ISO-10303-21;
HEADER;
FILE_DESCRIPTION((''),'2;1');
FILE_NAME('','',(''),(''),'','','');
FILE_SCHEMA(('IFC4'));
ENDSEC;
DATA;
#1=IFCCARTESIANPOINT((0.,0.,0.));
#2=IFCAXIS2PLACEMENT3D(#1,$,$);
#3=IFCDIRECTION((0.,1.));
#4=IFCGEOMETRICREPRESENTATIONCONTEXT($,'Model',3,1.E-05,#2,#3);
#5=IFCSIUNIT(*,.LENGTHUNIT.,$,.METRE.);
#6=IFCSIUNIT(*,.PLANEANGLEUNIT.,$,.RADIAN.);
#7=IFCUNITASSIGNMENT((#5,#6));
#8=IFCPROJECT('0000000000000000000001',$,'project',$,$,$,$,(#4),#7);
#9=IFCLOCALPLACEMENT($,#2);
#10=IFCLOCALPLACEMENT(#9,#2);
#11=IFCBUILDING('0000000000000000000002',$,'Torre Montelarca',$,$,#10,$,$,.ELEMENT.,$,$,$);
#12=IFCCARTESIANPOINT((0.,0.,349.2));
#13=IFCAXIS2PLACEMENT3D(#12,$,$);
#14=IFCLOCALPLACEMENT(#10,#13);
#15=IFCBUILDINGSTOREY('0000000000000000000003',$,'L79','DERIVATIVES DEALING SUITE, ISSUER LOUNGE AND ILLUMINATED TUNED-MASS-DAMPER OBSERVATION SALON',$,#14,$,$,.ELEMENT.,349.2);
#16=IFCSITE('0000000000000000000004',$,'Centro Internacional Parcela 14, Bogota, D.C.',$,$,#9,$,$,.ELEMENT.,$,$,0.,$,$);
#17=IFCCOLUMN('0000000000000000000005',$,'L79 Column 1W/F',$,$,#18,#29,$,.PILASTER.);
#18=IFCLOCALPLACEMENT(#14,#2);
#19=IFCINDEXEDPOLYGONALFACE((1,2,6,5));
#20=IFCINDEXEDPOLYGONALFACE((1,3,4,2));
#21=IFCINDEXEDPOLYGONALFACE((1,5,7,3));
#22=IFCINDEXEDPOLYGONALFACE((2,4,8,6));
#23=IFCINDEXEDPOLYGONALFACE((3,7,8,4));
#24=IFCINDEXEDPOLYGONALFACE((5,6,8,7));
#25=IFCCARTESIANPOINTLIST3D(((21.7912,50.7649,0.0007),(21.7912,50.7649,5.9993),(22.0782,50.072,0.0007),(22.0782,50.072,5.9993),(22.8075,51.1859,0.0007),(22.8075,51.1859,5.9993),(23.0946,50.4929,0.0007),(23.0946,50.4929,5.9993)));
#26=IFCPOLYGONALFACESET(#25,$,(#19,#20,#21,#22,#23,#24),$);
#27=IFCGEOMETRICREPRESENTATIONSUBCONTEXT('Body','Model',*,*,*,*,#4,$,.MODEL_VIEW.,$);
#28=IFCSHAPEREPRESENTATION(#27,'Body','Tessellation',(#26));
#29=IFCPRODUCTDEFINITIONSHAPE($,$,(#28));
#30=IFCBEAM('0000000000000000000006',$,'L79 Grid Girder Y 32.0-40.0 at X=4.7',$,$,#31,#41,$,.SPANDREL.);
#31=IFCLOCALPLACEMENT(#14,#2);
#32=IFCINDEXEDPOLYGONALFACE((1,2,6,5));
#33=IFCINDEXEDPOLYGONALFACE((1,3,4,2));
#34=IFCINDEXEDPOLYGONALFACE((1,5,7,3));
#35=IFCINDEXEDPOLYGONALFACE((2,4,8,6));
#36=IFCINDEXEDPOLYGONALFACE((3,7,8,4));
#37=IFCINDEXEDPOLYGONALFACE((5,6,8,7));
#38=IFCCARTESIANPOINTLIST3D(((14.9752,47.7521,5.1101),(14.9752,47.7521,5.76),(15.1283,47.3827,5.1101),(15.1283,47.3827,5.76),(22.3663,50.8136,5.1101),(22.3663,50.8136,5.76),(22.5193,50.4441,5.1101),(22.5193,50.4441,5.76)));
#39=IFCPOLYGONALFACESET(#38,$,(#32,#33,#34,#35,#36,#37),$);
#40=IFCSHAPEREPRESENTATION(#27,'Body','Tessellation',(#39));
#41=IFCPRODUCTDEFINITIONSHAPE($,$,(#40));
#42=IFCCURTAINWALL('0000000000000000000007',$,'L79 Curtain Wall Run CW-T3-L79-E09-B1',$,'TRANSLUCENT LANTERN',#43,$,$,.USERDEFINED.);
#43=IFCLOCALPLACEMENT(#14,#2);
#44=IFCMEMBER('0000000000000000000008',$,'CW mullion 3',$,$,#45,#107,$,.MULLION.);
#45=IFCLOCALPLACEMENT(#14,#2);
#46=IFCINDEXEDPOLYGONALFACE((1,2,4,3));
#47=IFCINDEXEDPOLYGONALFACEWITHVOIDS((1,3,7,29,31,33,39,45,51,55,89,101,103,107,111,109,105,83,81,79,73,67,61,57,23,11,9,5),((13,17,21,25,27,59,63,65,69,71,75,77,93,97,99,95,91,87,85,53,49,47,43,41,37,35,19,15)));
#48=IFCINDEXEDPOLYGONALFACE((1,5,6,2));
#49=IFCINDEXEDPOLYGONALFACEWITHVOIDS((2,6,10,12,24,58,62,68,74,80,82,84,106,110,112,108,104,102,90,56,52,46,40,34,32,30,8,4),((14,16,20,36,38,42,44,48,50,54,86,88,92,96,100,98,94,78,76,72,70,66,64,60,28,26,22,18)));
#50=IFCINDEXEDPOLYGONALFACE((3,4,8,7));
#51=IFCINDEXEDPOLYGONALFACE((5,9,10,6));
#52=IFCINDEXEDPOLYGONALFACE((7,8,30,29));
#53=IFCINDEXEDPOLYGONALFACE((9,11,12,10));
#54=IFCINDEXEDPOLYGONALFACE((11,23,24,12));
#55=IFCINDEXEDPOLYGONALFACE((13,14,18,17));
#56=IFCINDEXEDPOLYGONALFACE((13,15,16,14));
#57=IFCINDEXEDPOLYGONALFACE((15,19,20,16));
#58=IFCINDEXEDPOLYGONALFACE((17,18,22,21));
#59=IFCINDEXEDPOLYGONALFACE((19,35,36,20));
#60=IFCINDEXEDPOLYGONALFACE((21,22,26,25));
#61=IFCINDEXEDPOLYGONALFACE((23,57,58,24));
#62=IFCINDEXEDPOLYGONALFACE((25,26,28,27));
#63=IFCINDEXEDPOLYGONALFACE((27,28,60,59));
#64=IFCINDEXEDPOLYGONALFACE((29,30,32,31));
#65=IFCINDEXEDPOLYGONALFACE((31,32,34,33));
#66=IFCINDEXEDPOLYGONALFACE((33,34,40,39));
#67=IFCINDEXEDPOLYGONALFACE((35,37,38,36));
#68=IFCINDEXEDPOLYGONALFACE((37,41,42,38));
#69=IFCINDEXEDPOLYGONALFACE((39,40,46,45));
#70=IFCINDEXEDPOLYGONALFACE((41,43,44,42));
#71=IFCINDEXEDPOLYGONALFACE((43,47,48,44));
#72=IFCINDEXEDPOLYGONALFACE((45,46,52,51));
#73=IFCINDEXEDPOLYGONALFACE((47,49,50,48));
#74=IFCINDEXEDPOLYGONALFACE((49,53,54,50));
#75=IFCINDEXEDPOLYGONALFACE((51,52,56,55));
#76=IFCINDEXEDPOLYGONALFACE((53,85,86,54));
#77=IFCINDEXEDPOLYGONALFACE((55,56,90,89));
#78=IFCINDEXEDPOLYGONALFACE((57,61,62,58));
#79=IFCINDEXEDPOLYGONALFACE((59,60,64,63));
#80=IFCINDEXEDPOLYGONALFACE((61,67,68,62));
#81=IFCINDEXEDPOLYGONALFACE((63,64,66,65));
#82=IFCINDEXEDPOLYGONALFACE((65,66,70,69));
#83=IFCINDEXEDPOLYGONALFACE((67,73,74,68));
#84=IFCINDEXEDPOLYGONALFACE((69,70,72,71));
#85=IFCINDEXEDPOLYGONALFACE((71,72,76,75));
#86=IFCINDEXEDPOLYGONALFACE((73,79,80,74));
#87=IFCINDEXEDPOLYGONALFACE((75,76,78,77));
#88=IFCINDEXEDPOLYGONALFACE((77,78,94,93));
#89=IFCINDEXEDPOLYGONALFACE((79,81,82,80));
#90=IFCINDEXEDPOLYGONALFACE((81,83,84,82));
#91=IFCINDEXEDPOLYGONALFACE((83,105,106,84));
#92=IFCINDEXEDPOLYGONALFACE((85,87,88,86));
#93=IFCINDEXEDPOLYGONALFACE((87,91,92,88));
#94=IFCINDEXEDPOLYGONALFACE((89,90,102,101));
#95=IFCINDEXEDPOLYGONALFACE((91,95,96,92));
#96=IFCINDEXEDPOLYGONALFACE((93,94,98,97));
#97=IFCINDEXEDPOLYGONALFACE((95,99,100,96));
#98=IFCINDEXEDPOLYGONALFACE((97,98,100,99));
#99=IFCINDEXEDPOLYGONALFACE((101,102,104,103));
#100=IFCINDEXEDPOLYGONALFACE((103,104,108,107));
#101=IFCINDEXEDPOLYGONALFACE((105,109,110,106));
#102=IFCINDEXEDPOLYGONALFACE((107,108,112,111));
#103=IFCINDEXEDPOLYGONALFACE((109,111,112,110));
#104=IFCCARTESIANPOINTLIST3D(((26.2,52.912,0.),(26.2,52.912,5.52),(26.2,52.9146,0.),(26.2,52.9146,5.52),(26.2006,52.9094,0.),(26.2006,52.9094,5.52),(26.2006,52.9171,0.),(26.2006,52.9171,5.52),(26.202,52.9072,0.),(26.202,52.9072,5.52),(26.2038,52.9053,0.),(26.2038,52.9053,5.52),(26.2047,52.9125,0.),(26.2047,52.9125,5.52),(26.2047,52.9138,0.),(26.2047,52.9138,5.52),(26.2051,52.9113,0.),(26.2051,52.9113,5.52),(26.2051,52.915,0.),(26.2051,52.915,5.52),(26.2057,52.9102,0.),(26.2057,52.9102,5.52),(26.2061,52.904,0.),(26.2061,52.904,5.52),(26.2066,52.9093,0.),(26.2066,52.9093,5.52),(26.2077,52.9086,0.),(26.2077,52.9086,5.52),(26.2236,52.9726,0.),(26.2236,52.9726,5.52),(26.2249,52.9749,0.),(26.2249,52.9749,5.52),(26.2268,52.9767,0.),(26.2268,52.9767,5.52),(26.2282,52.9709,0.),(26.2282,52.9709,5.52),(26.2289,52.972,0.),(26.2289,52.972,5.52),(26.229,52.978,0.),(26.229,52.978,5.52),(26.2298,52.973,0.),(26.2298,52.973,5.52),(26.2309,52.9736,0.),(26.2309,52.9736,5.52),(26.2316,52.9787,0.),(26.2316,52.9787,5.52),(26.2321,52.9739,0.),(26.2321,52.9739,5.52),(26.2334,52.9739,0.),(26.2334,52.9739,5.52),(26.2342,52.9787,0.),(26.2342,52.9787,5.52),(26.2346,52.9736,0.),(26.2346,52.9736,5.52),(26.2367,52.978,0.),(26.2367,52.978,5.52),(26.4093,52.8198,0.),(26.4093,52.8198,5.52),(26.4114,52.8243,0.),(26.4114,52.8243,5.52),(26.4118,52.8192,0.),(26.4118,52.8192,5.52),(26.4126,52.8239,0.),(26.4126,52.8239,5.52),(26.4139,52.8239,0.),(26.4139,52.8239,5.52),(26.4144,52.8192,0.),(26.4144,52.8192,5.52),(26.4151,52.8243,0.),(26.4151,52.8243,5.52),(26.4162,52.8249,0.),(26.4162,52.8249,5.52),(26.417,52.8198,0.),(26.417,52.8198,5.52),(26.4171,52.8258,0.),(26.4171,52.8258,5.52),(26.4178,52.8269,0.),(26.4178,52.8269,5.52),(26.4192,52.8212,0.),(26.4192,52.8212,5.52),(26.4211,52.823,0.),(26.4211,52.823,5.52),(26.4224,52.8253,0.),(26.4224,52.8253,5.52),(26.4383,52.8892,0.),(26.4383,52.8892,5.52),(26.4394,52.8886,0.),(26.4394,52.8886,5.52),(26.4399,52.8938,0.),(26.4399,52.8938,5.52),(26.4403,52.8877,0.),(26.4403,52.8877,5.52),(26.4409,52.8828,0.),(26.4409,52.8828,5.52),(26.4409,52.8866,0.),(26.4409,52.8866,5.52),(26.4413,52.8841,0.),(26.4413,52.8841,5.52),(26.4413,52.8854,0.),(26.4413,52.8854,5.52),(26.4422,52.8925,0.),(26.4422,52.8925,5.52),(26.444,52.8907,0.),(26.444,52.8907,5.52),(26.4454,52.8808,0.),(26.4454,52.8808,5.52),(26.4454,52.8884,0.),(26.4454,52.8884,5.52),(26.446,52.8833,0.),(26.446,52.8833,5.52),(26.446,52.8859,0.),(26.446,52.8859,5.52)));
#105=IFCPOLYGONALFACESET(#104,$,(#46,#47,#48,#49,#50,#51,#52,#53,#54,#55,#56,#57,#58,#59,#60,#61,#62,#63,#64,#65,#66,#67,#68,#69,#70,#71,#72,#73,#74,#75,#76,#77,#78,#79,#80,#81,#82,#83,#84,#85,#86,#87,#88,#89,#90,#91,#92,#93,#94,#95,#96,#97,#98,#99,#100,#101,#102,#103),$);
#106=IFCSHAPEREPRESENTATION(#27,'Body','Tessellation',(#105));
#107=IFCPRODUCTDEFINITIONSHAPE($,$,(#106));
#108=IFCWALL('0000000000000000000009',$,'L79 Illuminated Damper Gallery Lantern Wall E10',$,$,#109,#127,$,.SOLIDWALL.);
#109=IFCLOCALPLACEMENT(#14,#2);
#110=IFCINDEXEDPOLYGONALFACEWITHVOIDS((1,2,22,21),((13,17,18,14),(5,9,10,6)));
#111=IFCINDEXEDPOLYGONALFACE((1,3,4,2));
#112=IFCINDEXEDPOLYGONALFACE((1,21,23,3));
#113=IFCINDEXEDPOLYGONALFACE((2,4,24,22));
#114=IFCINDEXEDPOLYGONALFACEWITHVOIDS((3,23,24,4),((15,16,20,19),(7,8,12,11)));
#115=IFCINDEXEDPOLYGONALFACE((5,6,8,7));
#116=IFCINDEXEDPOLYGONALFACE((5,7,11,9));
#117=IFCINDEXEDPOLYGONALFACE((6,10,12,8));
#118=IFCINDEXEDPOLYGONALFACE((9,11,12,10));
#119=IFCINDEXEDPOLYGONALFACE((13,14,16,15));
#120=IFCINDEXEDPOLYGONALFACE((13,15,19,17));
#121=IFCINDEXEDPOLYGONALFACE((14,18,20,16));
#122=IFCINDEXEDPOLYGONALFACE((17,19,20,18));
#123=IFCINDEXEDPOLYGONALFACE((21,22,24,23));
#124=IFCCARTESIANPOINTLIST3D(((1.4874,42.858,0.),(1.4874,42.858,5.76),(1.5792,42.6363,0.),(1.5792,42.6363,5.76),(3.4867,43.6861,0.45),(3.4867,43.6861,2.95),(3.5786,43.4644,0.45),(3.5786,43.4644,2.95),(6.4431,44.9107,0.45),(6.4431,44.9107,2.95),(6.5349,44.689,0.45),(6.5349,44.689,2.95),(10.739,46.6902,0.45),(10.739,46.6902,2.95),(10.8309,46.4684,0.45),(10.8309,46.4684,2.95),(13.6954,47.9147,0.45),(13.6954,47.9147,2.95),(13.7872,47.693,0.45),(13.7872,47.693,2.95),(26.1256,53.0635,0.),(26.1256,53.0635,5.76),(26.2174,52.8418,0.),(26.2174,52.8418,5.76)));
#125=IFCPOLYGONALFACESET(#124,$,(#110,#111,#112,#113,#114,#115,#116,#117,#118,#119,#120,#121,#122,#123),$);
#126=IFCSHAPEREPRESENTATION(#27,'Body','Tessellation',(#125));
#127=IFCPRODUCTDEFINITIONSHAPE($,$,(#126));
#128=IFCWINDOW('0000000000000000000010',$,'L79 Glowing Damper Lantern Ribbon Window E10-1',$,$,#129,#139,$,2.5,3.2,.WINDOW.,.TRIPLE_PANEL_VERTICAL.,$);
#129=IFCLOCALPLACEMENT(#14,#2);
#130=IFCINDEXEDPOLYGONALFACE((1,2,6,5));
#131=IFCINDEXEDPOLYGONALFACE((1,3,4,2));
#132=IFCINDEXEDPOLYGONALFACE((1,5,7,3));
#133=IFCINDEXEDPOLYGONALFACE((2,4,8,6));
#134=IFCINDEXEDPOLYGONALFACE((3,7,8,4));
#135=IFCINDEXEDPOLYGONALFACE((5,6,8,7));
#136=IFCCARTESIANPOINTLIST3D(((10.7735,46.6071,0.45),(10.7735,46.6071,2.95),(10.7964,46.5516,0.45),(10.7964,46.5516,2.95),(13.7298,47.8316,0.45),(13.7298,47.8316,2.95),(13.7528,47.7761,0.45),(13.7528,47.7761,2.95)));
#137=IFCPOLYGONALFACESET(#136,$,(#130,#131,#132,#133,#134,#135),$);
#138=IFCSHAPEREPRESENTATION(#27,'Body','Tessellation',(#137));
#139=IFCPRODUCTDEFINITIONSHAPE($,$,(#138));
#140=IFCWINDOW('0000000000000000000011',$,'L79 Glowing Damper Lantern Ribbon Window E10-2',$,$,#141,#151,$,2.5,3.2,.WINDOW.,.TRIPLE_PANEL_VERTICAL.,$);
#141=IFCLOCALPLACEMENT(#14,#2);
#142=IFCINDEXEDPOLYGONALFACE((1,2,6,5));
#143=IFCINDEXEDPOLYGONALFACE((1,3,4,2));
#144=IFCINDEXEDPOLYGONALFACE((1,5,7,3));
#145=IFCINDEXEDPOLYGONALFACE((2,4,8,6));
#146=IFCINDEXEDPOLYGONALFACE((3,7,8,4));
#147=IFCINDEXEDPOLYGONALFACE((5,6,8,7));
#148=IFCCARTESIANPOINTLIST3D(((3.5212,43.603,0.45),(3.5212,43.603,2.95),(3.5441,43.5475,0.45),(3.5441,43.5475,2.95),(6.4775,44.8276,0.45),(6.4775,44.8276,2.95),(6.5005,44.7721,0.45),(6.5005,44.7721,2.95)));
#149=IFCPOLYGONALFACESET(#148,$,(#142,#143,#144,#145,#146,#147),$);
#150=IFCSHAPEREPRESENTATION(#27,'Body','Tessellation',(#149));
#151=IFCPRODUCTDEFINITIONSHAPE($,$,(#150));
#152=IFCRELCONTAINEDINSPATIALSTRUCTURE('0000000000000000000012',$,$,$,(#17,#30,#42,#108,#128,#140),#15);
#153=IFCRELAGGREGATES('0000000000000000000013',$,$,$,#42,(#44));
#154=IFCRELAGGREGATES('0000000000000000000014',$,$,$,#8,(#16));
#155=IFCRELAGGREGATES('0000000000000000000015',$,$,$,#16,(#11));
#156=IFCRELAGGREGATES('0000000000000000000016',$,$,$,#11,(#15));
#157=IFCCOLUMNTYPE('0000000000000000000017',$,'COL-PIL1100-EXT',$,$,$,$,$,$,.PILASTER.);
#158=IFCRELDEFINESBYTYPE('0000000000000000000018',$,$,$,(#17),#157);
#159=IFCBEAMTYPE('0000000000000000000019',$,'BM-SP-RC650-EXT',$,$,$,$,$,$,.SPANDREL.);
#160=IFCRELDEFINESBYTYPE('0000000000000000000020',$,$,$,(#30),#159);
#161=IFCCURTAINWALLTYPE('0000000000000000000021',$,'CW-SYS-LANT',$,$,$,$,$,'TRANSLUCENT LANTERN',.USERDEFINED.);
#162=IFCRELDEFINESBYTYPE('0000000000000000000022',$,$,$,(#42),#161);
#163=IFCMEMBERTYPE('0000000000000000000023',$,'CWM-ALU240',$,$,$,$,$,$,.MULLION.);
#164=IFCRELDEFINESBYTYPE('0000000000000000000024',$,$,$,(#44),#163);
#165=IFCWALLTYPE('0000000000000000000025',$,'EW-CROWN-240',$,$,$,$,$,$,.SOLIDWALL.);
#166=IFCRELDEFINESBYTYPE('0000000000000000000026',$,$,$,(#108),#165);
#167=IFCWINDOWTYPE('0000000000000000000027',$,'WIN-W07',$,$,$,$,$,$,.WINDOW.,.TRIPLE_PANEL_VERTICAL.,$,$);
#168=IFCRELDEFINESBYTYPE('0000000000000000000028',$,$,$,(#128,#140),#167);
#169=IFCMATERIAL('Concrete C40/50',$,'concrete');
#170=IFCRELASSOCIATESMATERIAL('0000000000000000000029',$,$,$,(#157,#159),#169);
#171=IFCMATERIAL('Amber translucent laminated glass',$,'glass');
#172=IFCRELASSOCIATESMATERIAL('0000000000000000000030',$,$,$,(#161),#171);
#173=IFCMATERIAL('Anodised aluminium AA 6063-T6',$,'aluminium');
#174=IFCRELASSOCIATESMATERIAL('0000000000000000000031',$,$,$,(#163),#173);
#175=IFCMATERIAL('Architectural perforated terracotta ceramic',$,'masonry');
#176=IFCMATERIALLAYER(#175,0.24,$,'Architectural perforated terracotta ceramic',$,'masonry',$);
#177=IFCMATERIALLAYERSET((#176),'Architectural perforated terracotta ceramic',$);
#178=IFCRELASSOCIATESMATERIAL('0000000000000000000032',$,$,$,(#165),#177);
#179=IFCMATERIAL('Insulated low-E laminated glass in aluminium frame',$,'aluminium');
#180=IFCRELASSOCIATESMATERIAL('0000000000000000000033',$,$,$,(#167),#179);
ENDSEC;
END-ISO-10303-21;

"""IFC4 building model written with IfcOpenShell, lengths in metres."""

from ifc_helpers import new_model, si_unit, direction, frame, frame_2d, origin, origin_2d, place, context, subcontext, project, spatial, rectangle, hollow_rectangle, extrude, source, transform, mapped, material, layer, layer_set, material_profile, profile_set, type_object, element, fill, aggregate, save


model = new_model("IFC4")

# Units and contexts
model_context = context("Model", 3, precision=1e-05, world=origin(), true_north=direction((0.0, 1.0)))
body_context = subcontext(model_context, "Body", "Model", "MODEL_VIEW")
ifc_project = project(units=[si_unit("LENGTHUNIT", "METRE"), si_unit("PLANEANGLEUNIT", "RADIAN")], contexts=[model_context])

# Site, building, storey
site_placement = place(None, origin())
site = spatial("IfcSite", under=ifc_project, at=site_placement, Name="Centro Internacional Parcela 14, Bogota, D.C.", CompositionType="ELEMENT", RefElevation=0.0)
building_placement = place(site_placement, origin())
building = spatial("IfcBuilding", under=site, at=building_placement, Name="Torre Montelarca", CompositionType="ELEMENT")
storey_placement = place(building_placement, frame((0.0, 0.0, 349.2)))
storey = spatial("IfcBuildingStorey", under=building, at=storey_placement, Name="L79", Description="DERIVATIVES DEALING SUITE, ISSUER LOUNGE AND ILLUMINATED TUNED-MASS-DAMPER OBSERVATION SALON", CompositionType="ELEMENT", Elevation=349.2)

# Column
ifc_material_1 = material(Name="Concrete C40/50", Category="concrete")
ifc_material_profile_1 = material_profile(ifc_material_1, rectangle(XDim=0.75, YDim=1.1001, at=origin_2d()), Name="RC1100X750", Category="concrete")
ifc_profile_set_1 = profile_set([ifc_material_profile_1], Name="Concrete C40/50")
column_type = type_object("IfcColumnType", Name="COL-PIL1100-EXT", PredefinedType="PILASTER", material=ifc_profile_set_1)
shared_shape_1 = source(origin(), body_context, "Body", "SweptSolid", [
    extrude(rectangle(XDim=0.75, YDim=1.1001, at=origin_2d()), origin(), (0.0, 0.0, 1.0), 5.9985),
])
column_placement = place(storey_placement, frame((22.4429, 50.6289, 0.0007), z_axis=(0.0, 0.0, 1.0), x_axis=(-0.382683, 0.92388, 0.0)))
element("IfcColumn", 1, at=column_placement, inside=storey, type_object=column_type, Name="L79 Column 1W/F", PredefinedType="PILASTER", context=body_context, shape_type="MappedRepresentation", body=[
    mapped(shared_shape_1, transform((0.0, 0.0, 0.0), scale=1.0)),
])

# Beam
ifc_material_profile_2 = material_profile(ifc_material_1, rectangle(XDim=0.3999, YDim=0.6499, at=origin_2d()), Name="RCB400X650", Category="concrete")
ifc_profile_set_2 = profile_set([ifc_material_profile_2], Name="Concrete C40/50")
beam_type = type_object("IfcBeamType", Name="BM-SP-RC650-EXT", PredefinedType="SPANDREL", material=ifc_profile_set_2)
shared_shape_2 = source(origin(), body_context, "Body", "SweptSolid", [
    extrude(rectangle(XDim=0.3999, YDim=0.6499, at=origin_2d()), origin(), (0.0, 0.0, 1.0), 8.0),
])
beam_placement = place(storey_placement, frame((15.0518, 47.5674, 5.4351), z_axis=(0.923878, 0.382686, 0.0), x_axis=(-0.382686, 0.923878, 0.0)))
element("IfcBeam", 2, at=beam_placement, inside=storey, type_object=beam_type, Name="L79 Grid Girder Y 32.0-40.0 at X=4.7", PredefinedType="SPANDREL", context=body_context, shape_type="MappedRepresentation", body=[
    mapped(shared_shape_2, transform((0.0, 0.0, 0.0), scale=1.0)),
])

# Curtain wall, member
ifc_material_2 = material(Name="Amber translucent laminated glass", Category="glass")
curtain_wall_type = type_object("IfcCurtainWallType", Name="CW-SYS-LANT", ElementType="TRANSLUCENT LANTERN", PredefinedType="USERDEFINED", material=ifc_material_2)
curtain_wall_placement = place(storey_placement, origin())
curtain_wall = element("IfcCurtainWall", 3, at=curtain_wall_placement, inside=storey, type_object=curtain_wall_type, Name="L79 Curtain Wall Run CW-T3-L79-E09-B1", ObjectType="TRANSLUCENT LANTERN", PredefinedType="USERDEFINED")
ifc_material_3 = material(Name="Anodised aluminium AA 6063-T6", Category="aluminium")
ifc_material_profile_3 = material_profile(ifc_material_3, hollow_rectangle(XDim=0.0801, YDim=0.24, WallThickness=0.0049, InnerFilletRadius=0.0049, OuterFilletRadius=0.01, at=origin_2d()), Name="ALU80X240X5", Category="aluminium")
ifc_profile_set_3 = profile_set([ifc_material_profile_3], Name="Anodised aluminium AA 6063-T6")
member_type = type_object("IfcMemberType", Name="CWM-ALU240", PredefinedType="MULLION", material=ifc_profile_set_3)
shared_shape_3 = source(origin(), body_context, "Body", "SweptSolid", [
    extrude(hollow_rectangle(XDim=0.0801, YDim=0.24, WallThickness=0.0049, InnerFilletRadius=0.0049, OuterFilletRadius=0.01, at=origin_2d()), origin(), (0.0, 0.0, 1.0), 5.52),
])
member_placement = place(storey_placement, frame((26.323, 52.8989, 0.0), z_axis=(0.0, 0.0, 1.0), x_axis=(-0.382671, -0.923885, 0.0)))
member = element("IfcMember", 4, at=member_placement, type_object=member_type, Name="CW mullion 3", PredefinedType="MULLION", context=body_context, shape_type="MappedRepresentation", body=[
    mapped(shared_shape_3, transform((0.0, 0.0, 0.0), scale=1.0)),
])
aggregate(curtain_wall, [member])

# Wall, openings, windows
ifc_material_4 = material(Name="Architectural perforated terracotta ceramic", Category="masonry")
ifc_layer_1 = layer(ifc_material_4, 0.24, Name="Architectural perforated terracotta ceramic", Category="masonry")
ifc_layer_set_1 = layer_set([ifc_layer_1], Name="Architectural perforated terracotta ceramic")
wall_type_1 = type_object("IfcWallType", Name="EW-CROWN-240", PredefinedType="SOLIDWALL", material=ifc_layer_set_1)
wall_1_placement = place(storey_placement, frame((26.1714, 52.9526, 0.0), z_axis=(0.0, 0.0, 1.0), x_axis=(-0.923878, -0.382687, 0.0)))
wall_1 = element("IfcWall", 5, at=wall_1_placement, inside=storey, type_object=wall_type_1, Name="L79 Illuminated Damper Gallery Lantern Wall E10", PredefinedType="SOLIDWALL", context=body_context, shape_type="SweptSolid", body=[
    extrude(rectangle(XDim=26.6682, YDim=0.24, at=frame_2d((13.334, 0.0))), origin(), (0.0, 0.0, 1.0), 5.76),
])
opening_1_placement = place(wall_1_placement, frame((13.4541, 0.0, 0.45)))
opening_1 = element("IfcOpeningElement", 6, at=opening_1_placement, cuts=wall_1, PredefinedType="OPENING", context=body_context, shape_type="SweptSolid", body=[
    extrude(rectangle(XDim=3.2, YDim=2.5, at=frame_2d((1.6001, 1.25))), frame((0.0, 0.1299, 0.0), z_axis=(0.0, -1.0, 0.0), x_axis=(1.0, 0.0, 0.0)), (0.0, 0.0, 1.0), 0.26),
])
opening_2_placement = place(wall_1_placement, frame((21.304, 0.0, 0.45)))
opening_2 = element("IfcOpeningElement", 7, at=opening_2_placement, cuts=wall_1, PredefinedType="OPENING", context=body_context, shape_type="SweptSolid", body=[
    extrude(rectangle(XDim=3.2, YDim=2.5, at=frame_2d((1.6001, 1.25))), frame((0.0, 0.1299, 0.0), z_axis=(0.0, -1.0, 0.0), x_axis=(1.0, 0.0, 0.0)), (0.0, 0.0, 1.0), 0.26),
])
ifc_material_5 = material(Name="Insulated low-E laminated glass in aluminium frame", Category="aluminium")
window_type = type_object("IfcWindowType", Name="WIN-W07", PartitioningType="TRIPLE_PANEL_VERTICAL", PredefinedType="WINDOW", material=ifc_material_5)
shared_shape_4 = source(origin(), body_context, "Body", "SweptSolid", [
    extrude(rectangle(XDim=3.2, YDim=2.5, at=frame_2d((1.6001, 1.25))), frame((0.0, 0.03, 0.0), z_axis=(0.0, -1.0, 0.0), x_axis=(1.0, 0.0, 0.0)), (0.0, 0.0, 1.0), 0.0601),
])
window_1_placement = place(opening_1_placement, origin())
window_1 = element("IfcWindow", 8, at=window_1_placement, inside=storey, type_object=window_type, Name="L79 Glowing Damper Lantern Ribbon Window E10-1", OverallHeight=2.5, OverallWidth=3.2, PartitioningType="TRIPLE_PANEL_VERTICAL", PredefinedType="WINDOW", context=body_context, shape_type="MappedRepresentation", body=[
    mapped(shared_shape_4, transform((0.0, 0.0, 0.0), scale=1.0)),
])
fill(opening_1, window_1)
window_2_placement = place(opening_2_placement, origin())
window_2 = element("IfcWindow", 9, at=window_2_placement, inside=storey, type_object=window_type, Name="L79 Glowing Damper Lantern Ribbon Window E10-2", OverallHeight=2.5, OverallWidth=3.2, PartitioningType="TRIPLE_PANEL_VERTICAL", PredefinedType="WINDOW", context=body_context, shape_type="MappedRepresentation", body=[
    mapped(shared_shape_4, transform((0.0, 0.0, 0.0), scale=1.0)),
])
fill(opening_2, window_2)

save(model, "model.ifc")
